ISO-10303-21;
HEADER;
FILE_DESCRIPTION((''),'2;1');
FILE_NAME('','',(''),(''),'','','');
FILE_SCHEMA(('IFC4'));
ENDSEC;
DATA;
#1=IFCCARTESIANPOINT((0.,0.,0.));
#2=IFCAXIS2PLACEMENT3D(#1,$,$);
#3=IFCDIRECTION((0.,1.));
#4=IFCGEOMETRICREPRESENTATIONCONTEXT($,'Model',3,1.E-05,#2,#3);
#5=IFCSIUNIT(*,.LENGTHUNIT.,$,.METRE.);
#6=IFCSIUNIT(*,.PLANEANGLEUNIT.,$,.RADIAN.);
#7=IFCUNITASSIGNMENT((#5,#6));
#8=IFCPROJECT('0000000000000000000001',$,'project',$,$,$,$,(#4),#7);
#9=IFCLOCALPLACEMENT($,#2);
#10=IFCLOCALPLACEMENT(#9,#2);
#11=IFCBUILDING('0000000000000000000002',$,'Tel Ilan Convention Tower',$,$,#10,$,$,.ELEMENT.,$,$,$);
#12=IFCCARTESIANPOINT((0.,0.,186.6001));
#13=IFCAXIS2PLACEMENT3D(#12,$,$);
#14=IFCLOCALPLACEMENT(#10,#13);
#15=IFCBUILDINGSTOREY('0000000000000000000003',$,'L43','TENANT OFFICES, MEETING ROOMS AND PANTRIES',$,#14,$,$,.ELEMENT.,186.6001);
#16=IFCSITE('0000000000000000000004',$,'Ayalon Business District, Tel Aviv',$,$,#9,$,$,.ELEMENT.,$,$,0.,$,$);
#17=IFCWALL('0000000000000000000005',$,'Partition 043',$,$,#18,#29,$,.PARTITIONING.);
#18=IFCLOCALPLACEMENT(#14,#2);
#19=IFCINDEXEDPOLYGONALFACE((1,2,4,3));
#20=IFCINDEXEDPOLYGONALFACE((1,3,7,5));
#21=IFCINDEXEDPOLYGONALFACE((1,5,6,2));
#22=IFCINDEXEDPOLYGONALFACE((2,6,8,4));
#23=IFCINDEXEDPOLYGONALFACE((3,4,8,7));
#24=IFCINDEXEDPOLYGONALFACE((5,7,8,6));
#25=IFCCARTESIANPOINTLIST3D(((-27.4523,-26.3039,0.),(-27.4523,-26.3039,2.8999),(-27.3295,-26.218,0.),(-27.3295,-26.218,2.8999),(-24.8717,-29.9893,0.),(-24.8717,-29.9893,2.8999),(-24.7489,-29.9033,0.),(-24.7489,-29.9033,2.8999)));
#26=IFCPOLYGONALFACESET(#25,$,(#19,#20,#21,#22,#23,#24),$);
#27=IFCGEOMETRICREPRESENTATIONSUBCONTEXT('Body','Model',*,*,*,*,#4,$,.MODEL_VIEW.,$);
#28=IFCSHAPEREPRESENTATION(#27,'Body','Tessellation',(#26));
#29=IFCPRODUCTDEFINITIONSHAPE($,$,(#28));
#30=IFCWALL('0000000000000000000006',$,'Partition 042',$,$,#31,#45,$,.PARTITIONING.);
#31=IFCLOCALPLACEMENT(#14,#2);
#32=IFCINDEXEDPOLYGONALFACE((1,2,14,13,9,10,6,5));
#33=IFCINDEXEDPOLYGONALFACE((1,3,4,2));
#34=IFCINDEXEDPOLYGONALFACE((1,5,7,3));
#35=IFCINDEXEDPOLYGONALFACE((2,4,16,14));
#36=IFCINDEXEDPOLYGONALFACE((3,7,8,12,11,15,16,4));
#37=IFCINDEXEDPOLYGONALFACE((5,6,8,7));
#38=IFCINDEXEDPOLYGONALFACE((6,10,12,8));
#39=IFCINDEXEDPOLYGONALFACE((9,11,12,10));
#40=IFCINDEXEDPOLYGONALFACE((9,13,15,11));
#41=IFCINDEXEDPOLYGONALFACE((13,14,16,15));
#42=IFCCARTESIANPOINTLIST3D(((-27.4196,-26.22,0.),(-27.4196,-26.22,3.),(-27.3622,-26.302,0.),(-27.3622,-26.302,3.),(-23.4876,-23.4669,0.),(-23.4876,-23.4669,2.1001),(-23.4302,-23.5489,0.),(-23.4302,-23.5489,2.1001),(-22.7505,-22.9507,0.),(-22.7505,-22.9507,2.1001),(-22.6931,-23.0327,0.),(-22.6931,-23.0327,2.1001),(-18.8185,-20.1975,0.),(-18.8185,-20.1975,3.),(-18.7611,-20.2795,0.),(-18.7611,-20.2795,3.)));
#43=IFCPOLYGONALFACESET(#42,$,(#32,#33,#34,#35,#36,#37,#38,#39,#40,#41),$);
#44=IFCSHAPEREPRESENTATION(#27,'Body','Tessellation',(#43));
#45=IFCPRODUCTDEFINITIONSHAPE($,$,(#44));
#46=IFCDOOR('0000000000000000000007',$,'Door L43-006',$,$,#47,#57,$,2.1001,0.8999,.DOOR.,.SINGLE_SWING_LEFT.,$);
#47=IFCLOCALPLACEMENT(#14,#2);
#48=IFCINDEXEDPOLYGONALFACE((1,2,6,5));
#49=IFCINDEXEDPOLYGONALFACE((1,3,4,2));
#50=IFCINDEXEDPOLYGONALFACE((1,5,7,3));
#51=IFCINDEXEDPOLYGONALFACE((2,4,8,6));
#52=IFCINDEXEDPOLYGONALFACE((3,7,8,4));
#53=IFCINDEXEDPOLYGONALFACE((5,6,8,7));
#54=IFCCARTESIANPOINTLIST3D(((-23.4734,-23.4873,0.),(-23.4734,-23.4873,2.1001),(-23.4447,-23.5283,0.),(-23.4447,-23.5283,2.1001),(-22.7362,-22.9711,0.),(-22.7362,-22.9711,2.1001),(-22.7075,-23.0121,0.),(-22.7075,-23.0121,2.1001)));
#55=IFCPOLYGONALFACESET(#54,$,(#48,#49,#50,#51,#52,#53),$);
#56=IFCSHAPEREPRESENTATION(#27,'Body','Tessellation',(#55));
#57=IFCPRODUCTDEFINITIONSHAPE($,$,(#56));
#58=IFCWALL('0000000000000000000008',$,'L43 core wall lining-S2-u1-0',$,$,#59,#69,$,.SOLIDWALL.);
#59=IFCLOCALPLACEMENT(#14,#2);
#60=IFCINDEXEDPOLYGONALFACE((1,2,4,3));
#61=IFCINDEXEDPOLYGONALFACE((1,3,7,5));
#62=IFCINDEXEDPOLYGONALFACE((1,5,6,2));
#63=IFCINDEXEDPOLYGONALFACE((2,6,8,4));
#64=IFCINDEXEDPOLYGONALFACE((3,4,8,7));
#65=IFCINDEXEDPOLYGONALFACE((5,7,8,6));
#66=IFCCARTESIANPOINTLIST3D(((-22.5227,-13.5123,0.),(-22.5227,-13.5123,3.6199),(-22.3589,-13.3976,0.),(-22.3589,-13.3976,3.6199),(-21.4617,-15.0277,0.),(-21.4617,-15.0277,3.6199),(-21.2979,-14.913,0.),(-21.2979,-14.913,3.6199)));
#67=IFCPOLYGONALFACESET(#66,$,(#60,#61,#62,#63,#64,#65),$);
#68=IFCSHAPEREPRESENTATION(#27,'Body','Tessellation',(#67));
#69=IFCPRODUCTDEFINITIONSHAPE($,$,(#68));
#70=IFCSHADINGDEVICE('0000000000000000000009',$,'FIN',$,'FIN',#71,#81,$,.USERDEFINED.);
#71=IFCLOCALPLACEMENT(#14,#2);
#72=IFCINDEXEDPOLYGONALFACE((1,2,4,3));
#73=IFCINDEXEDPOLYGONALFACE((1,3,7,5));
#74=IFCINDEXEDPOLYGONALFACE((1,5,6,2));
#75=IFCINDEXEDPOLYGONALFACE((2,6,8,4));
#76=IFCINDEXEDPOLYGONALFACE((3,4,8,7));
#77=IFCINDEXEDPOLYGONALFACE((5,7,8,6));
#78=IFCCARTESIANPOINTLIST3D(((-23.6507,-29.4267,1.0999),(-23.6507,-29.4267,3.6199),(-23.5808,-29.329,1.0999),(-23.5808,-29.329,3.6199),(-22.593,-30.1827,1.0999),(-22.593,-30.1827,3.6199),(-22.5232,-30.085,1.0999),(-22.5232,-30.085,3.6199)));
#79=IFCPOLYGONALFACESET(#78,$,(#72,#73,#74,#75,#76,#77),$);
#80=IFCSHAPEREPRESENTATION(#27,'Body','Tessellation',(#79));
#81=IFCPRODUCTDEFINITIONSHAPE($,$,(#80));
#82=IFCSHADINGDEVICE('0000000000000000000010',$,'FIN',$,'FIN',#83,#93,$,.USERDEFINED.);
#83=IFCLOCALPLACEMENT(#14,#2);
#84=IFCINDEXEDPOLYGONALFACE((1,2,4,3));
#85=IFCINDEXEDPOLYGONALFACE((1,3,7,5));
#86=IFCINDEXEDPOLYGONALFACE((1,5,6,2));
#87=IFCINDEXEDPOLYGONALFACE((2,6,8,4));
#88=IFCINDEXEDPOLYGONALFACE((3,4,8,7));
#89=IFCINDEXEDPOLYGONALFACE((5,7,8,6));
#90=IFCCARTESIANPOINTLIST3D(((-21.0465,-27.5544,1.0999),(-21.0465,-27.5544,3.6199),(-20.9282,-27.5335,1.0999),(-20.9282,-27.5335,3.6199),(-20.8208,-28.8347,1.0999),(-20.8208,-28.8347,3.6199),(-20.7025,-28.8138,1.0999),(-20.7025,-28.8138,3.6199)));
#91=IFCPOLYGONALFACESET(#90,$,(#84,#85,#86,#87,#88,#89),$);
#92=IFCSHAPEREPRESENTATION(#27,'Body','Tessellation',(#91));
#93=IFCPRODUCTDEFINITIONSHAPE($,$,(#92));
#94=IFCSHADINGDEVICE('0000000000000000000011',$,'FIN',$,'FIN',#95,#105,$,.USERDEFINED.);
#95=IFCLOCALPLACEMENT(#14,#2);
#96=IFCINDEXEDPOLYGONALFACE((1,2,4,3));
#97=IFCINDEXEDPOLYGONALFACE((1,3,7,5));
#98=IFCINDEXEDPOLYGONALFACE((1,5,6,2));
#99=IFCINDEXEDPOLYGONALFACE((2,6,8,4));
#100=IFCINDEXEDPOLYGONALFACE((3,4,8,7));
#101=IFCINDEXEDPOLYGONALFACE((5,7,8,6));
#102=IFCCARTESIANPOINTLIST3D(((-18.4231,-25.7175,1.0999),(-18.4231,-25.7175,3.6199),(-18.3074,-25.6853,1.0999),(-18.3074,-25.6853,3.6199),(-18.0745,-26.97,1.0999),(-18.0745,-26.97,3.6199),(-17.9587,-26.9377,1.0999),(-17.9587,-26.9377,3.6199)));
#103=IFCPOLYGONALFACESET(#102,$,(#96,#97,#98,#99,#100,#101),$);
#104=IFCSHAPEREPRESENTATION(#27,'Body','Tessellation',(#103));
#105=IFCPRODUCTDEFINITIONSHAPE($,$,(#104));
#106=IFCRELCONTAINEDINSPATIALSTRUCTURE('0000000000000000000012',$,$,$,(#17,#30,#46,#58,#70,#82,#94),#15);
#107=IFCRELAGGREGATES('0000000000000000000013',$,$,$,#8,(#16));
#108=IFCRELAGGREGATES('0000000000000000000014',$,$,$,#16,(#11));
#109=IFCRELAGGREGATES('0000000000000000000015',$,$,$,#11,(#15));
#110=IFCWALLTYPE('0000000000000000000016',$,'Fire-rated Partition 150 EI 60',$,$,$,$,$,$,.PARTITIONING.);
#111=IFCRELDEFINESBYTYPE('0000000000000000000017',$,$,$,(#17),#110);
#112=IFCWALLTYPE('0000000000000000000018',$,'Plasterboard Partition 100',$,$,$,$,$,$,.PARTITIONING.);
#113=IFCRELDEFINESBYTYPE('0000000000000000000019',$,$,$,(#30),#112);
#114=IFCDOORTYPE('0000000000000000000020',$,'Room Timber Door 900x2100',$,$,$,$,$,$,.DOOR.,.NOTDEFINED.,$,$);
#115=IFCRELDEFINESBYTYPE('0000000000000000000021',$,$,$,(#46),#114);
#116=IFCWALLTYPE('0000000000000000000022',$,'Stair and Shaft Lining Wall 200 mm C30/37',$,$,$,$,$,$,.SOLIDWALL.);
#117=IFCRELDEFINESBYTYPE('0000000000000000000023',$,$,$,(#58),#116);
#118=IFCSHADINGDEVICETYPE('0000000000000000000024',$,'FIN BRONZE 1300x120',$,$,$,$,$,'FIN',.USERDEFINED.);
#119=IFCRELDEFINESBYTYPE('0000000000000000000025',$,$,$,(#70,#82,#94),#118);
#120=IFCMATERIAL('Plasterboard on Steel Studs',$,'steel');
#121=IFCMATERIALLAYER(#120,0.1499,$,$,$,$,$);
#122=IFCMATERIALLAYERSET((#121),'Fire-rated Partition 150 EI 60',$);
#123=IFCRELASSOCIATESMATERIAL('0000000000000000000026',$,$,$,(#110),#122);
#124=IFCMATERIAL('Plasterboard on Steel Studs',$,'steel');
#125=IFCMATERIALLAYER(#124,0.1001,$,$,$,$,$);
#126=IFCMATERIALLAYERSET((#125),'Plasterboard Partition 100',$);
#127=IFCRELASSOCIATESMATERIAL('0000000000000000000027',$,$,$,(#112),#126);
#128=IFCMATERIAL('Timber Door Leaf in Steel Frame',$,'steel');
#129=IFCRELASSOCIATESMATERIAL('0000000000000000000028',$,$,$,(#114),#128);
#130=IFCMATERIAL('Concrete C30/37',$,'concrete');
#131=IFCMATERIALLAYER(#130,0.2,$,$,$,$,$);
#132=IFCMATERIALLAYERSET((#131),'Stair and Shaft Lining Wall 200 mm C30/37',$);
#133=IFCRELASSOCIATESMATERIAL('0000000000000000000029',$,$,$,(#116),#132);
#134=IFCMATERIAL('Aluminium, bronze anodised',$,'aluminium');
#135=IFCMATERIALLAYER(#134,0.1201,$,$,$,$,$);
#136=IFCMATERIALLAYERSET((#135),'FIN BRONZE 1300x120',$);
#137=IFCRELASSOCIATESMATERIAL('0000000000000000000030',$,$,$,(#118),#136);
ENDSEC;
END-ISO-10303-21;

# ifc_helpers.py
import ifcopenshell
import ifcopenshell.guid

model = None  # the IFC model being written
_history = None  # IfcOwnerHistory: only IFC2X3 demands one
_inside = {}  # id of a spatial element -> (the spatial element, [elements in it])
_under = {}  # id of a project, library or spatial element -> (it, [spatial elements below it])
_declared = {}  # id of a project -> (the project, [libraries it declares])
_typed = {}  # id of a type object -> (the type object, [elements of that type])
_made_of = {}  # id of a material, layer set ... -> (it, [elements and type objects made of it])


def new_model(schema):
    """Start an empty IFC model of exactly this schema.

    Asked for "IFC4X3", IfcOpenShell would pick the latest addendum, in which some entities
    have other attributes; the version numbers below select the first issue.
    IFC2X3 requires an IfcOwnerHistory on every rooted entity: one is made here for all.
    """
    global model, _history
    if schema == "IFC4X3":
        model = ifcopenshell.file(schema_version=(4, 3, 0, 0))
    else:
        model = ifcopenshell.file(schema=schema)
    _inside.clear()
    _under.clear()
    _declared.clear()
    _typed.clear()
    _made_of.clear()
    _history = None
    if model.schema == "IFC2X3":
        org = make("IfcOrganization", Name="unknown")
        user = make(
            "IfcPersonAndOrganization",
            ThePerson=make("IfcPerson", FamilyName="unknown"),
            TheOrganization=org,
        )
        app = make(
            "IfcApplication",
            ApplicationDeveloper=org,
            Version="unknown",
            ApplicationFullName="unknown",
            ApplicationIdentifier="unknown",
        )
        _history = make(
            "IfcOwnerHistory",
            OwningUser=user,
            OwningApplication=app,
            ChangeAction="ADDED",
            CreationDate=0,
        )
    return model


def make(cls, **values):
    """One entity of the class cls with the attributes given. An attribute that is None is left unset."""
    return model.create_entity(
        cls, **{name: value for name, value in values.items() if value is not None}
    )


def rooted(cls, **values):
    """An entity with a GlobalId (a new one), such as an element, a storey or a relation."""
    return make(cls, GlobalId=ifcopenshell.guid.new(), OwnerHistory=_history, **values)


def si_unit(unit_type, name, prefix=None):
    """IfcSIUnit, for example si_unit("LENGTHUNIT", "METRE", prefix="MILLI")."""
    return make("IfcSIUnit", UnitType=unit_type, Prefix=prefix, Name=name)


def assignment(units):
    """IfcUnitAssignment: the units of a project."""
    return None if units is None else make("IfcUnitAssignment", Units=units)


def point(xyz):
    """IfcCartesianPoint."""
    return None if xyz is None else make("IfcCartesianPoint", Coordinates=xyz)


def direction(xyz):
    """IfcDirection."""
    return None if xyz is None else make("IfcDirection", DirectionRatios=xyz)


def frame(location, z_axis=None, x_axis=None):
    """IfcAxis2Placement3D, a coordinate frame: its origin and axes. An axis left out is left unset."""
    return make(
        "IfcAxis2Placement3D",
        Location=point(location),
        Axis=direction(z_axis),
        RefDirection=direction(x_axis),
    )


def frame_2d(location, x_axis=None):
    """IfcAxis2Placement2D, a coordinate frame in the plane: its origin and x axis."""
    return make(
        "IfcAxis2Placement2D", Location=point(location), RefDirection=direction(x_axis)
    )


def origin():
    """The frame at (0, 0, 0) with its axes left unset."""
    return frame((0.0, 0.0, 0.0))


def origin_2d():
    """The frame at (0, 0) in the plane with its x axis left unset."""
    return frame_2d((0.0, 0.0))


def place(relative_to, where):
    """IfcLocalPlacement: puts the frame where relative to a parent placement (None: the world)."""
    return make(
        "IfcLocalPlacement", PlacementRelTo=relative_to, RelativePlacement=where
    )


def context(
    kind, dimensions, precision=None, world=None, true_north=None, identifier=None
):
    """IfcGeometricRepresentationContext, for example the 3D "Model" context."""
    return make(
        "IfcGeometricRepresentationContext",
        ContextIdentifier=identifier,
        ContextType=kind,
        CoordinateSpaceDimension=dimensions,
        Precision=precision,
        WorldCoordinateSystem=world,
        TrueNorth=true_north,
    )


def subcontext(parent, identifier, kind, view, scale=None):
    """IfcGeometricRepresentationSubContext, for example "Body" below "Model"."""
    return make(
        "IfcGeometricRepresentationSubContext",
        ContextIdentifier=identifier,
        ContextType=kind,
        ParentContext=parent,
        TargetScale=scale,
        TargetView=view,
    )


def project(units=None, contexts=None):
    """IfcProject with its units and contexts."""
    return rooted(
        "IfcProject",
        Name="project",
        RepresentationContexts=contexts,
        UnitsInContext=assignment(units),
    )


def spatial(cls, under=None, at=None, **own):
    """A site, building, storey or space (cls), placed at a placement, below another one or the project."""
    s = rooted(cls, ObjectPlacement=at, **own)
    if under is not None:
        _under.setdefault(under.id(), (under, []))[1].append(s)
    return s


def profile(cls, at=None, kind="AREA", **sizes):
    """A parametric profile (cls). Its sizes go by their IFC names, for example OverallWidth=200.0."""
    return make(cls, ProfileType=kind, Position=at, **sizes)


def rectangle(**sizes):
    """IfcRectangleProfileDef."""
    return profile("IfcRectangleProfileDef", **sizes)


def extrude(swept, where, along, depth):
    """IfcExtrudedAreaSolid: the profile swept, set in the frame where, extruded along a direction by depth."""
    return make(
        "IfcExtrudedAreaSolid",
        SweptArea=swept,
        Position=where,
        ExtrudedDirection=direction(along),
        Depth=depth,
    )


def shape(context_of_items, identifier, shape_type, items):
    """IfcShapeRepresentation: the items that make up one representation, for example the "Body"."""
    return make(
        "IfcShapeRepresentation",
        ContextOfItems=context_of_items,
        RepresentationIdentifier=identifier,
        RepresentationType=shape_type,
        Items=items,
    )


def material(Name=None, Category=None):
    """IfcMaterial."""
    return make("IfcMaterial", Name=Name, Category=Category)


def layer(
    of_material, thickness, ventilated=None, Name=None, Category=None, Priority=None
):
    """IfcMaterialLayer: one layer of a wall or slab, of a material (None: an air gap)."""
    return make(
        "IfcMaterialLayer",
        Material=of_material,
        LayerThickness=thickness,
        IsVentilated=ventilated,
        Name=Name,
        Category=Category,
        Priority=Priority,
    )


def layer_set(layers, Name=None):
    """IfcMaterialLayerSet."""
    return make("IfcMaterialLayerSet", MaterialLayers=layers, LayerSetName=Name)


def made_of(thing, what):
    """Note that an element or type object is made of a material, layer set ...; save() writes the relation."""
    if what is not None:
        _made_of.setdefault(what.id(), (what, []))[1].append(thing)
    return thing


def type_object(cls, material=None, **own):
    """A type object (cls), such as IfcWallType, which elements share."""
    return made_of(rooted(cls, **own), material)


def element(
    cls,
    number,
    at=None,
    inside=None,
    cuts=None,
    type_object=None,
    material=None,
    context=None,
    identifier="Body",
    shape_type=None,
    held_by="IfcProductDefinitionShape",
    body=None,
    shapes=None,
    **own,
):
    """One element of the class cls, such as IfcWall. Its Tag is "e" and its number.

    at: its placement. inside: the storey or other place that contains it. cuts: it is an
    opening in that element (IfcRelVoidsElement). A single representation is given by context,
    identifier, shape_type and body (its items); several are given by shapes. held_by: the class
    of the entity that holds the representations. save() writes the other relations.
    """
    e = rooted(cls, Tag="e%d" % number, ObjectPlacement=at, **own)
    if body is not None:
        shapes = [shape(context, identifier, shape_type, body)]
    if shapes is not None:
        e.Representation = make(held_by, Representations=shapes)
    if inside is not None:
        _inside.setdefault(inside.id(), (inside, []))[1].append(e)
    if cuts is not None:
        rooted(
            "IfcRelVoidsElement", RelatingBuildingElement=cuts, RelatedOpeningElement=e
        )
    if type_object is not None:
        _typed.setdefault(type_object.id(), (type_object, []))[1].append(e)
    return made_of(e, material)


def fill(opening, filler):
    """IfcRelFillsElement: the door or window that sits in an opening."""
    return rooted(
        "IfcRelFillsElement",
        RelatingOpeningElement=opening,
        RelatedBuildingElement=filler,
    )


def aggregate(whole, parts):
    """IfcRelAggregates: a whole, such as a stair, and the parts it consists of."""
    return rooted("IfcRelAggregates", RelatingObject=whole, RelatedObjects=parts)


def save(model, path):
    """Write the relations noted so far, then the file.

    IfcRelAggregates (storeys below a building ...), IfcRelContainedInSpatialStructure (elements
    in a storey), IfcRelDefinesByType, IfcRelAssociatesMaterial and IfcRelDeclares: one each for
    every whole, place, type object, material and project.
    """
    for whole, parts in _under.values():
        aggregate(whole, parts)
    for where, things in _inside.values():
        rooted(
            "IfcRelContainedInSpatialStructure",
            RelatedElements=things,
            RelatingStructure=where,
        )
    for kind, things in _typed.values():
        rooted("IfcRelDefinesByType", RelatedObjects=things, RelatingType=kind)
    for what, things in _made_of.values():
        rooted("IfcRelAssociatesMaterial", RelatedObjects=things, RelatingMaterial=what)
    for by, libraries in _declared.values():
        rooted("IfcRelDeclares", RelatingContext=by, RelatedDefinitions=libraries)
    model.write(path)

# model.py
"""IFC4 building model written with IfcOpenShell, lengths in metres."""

from ifc_helpers import new_model, si_unit, direction, frame, frame_2d, origin, origin_2d, place, context, subcontext, project, spatial, rectangle, extrude, material, layer, layer_set, type_object, element, fill, save


model = new_model("IFC4")

# Units and contexts
model_context = context("Model", 3, precision=1e-05, world=origin(), true_north=direction((0.0, 1.0)))
body_context = subcontext(model_context, "Body", "Model", "MODEL_VIEW")
ifc_project = project(units=[si_unit("LENGTHUNIT", "METRE"), si_unit("PLANEANGLEUNIT", "RADIAN")], contexts=[model_context])

# Site, building, storey
site_placement = place(None, origin())
site = spatial("IfcSite", under=ifc_project, at=site_placement, Name="Ayalon Business District, Tel Aviv", CompositionType="ELEMENT", RefElevation=0.0)
building_placement = place(site_placement, origin())
building = spatial("IfcBuilding", under=site, at=building_placement, Name="Tel Ilan Convention Tower", CompositionType="ELEMENT")
storey_placement = place(building_placement, frame((0.0, 0.0, 186.6001)))
storey = spatial("IfcBuildingStorey", under=building, at=storey_placement, Name="L43", Description="TENANT OFFICES, MEETING ROOMS AND PANTRIES", CompositionType="ELEMENT", Elevation=186.6001)

# Shared definitions
ifc_material_1 = material(Name="Plasterboard on Steel Studs", Category="steel")
ifc_layer_1 = layer(ifc_material_1, 0.1499)
ifc_layer_set_1 = layer_set([ifc_layer_1], Name="Fire-rated Partition 150 EI 60")
wall_type_1 = type_object("IfcWallType", Name="Fire-rated Partition 150 EI 60", PredefinedType="PARTITIONING", material=ifc_layer_set_1)

# Wall
wall_1_placement = place(storey_placement, frame((-24.8103, -29.9463, 0.0), z_axis=(0.0, 0.0, 1.0), x_axis=(-0.57359, 0.819143, 0.0)))
element("IfcWall", 1, at=wall_1_placement, inside=storey, type_object=wall_type_1, Name="Partition 043", PredefinedType="PARTITIONING", context=body_context, shape_type="SweptSolid", body=[
    extrude(rectangle(XDim=4.499, YDim=0.1499, at=frame_2d((2.2495, 0.0))), origin(), (0.0, 0.0, 1.0), 2.8999),
])

# Wall, opening, door
ifc_material_2 = material(Name="Plasterboard on Steel Studs", Category="steel")
ifc_layer_2 = layer(ifc_material_2, 0.1001)
ifc_layer_set_2 = layer_set([ifc_layer_2], Name="Plasterboard Partition 100")
wall_type_2 = type_object("IfcWallType", Name="Plasterboard Partition 100", PredefinedType="PARTITIONING", material=ifc_layer_set_2)
wall_2_placement = place(storey_placement, frame((-18.7898, -20.2385, 0.0), z_axis=(0.0, 0.0, 1.0), x_axis=(-0.819155, -0.573572, 0.0)))
wall_2 = element("IfcWall", 2, at=wall_2_placement, inside=storey, type_object=wall_type_2, Name="Partition 042", PredefinedType="PARTITIONING", context=body_context, shape_type="SweptSolid", body=[
    extrude(rectangle(XDim=10.5, YDim=0.1001, at=frame_2d((5.25, 0.0))), origin(), (0.0, 0.0, 1.0), 3.0),
])
opening_1_placement = place(wall_2_placement, frame((4.8, 0.0, 0.0)))
opening_1 = element("IfcOpeningElement", 3, at=opening_1_placement, cuts=wall_2, PredefinedType="OPENING", context=body_context, shape_type="SweptSolid", body=[
    extrude(rectangle(XDim=0.8999, YDim=2.1001, at=frame_2d((0.45, 1.05))), frame((0.0, 0.0601, 0.0), z_axis=(0.0, -1.0, 0.0), x_axis=(1.0, 0.0, 0.0)), (0.0, 0.0, 1.0), 0.1201),
])
ifc_material_3 = material(Name="Timber Door Leaf in Steel Frame", Category="steel")
door_type_1 = type_object("IfcDoorType", Name="Room Timber Door 900x2100", OperationType="NOTDEFINED", PredefinedType="DOOR", material=ifc_material_3)
door_1_placement = place(opening_1_placement, origin())
door_1 = element("IfcDoor", 4, at=door_1_placement, inside=storey, type_object=door_type_1, Name="Door L43-006", OperationType="SINGLE_SWING_LEFT", OverallHeight=2.1001, OverallWidth=0.8999, PredefinedType="DOOR", context=body_context, shape_type="SweptSolid", body=[
    extrude(rectangle(XDim=0.8999, YDim=2.1001, at=frame_2d((0.45, 1.05))), frame((0.0, 0.0249, 0.0), z_axis=(0.0, -1.0, 0.0), x_axis=(1.0, 0.0, 0.0)), (0.0, 0.0, 1.0), 0.05),
])
fill(opening_1, door_1)

# Wall
ifc_material_4 = material(Name="Concrete C30/37", Category="concrete")
ifc_layer_3 = layer(ifc_material_4, 0.2)
ifc_layer_set_3 = layer_set([ifc_layer_3], Name="Stair and Shaft Lining Wall 200 mm C30/37")
wall_type_3 = type_object("IfcWallType", Name="Stair and Shaft Lining Wall 200 mm C30/37", PredefinedType="SOLIDWALL", material=ifc_layer_set_3)
wall_3_placement = place(storey_placement, frame((-21.3799, -14.9702, 0.0), z_axis=(0.0, 0.0, 1.0), x_axis=(-0.57356, 0.819164, 0.0)))
element("IfcWall", 5, at=wall_3_placement, inside=storey, type_object=wall_type_3, Name="L43 core wall lining-S2-u1-0", PredefinedType="SOLIDWALL", context=body_context, shape_type="SweptSolid", body=[
    extrude(rectangle(XDim=1.8499, YDim=0.2, at=frame_2d((0.9248, 0.0))), origin(), (0.0, 0.0, 1.0), 3.6199),
])

# Shading devices
ifc_material_5 = material(Name="Aluminium, bronze anodised", Category="aluminium")
ifc_layer_4 = layer(ifc_material_5, 0.1201)
ifc_layer_set_4 = layer_set([ifc_layer_4], Name="FIN BRONZE 1300x120")
shading_device_type = type_object("IfcShadingDeviceType", Name="FIN BRONZE 1300x120", ElementType="FIN", PredefinedType="USERDEFINED", material=ifc_layer_set_4)
for number, where, z_axis, x_axis, name in (
    (6, (-23.0869, -29.7559, 1.0999), (0.0, 0.0, 1.0), (0.813552, -0.581492, 0.0), "FIN"),
    (7, (-20.8745, -28.1841, 1.0999), (0.0, 0.0, 1.0), (0.173648, -0.984808, 0.0), "FIN"),
    (8, (-18.1909, -26.3276, 1.0999), (0.0, 0.0, 1.0), (0.268173, -0.963371, 0.0), "FIN"),
):
    element("IfcShadingDevice", number, at=place(storey_placement, frame(where, z_axis=z_axis, x_axis=x_axis)), inside=storey, type_object=shading_device_type, Name=name, ObjectType="FIN", PredefinedType="USERDEFINED", context=body_context, shape_type="SweptSolid", body=[
        extrude(rectangle(XDim=1.3, YDim=0.1201, at=origin_2d()), origin(), (0.0, 0.0, 1.0), 2.52),
    ])

save(model, "model.ifc")
